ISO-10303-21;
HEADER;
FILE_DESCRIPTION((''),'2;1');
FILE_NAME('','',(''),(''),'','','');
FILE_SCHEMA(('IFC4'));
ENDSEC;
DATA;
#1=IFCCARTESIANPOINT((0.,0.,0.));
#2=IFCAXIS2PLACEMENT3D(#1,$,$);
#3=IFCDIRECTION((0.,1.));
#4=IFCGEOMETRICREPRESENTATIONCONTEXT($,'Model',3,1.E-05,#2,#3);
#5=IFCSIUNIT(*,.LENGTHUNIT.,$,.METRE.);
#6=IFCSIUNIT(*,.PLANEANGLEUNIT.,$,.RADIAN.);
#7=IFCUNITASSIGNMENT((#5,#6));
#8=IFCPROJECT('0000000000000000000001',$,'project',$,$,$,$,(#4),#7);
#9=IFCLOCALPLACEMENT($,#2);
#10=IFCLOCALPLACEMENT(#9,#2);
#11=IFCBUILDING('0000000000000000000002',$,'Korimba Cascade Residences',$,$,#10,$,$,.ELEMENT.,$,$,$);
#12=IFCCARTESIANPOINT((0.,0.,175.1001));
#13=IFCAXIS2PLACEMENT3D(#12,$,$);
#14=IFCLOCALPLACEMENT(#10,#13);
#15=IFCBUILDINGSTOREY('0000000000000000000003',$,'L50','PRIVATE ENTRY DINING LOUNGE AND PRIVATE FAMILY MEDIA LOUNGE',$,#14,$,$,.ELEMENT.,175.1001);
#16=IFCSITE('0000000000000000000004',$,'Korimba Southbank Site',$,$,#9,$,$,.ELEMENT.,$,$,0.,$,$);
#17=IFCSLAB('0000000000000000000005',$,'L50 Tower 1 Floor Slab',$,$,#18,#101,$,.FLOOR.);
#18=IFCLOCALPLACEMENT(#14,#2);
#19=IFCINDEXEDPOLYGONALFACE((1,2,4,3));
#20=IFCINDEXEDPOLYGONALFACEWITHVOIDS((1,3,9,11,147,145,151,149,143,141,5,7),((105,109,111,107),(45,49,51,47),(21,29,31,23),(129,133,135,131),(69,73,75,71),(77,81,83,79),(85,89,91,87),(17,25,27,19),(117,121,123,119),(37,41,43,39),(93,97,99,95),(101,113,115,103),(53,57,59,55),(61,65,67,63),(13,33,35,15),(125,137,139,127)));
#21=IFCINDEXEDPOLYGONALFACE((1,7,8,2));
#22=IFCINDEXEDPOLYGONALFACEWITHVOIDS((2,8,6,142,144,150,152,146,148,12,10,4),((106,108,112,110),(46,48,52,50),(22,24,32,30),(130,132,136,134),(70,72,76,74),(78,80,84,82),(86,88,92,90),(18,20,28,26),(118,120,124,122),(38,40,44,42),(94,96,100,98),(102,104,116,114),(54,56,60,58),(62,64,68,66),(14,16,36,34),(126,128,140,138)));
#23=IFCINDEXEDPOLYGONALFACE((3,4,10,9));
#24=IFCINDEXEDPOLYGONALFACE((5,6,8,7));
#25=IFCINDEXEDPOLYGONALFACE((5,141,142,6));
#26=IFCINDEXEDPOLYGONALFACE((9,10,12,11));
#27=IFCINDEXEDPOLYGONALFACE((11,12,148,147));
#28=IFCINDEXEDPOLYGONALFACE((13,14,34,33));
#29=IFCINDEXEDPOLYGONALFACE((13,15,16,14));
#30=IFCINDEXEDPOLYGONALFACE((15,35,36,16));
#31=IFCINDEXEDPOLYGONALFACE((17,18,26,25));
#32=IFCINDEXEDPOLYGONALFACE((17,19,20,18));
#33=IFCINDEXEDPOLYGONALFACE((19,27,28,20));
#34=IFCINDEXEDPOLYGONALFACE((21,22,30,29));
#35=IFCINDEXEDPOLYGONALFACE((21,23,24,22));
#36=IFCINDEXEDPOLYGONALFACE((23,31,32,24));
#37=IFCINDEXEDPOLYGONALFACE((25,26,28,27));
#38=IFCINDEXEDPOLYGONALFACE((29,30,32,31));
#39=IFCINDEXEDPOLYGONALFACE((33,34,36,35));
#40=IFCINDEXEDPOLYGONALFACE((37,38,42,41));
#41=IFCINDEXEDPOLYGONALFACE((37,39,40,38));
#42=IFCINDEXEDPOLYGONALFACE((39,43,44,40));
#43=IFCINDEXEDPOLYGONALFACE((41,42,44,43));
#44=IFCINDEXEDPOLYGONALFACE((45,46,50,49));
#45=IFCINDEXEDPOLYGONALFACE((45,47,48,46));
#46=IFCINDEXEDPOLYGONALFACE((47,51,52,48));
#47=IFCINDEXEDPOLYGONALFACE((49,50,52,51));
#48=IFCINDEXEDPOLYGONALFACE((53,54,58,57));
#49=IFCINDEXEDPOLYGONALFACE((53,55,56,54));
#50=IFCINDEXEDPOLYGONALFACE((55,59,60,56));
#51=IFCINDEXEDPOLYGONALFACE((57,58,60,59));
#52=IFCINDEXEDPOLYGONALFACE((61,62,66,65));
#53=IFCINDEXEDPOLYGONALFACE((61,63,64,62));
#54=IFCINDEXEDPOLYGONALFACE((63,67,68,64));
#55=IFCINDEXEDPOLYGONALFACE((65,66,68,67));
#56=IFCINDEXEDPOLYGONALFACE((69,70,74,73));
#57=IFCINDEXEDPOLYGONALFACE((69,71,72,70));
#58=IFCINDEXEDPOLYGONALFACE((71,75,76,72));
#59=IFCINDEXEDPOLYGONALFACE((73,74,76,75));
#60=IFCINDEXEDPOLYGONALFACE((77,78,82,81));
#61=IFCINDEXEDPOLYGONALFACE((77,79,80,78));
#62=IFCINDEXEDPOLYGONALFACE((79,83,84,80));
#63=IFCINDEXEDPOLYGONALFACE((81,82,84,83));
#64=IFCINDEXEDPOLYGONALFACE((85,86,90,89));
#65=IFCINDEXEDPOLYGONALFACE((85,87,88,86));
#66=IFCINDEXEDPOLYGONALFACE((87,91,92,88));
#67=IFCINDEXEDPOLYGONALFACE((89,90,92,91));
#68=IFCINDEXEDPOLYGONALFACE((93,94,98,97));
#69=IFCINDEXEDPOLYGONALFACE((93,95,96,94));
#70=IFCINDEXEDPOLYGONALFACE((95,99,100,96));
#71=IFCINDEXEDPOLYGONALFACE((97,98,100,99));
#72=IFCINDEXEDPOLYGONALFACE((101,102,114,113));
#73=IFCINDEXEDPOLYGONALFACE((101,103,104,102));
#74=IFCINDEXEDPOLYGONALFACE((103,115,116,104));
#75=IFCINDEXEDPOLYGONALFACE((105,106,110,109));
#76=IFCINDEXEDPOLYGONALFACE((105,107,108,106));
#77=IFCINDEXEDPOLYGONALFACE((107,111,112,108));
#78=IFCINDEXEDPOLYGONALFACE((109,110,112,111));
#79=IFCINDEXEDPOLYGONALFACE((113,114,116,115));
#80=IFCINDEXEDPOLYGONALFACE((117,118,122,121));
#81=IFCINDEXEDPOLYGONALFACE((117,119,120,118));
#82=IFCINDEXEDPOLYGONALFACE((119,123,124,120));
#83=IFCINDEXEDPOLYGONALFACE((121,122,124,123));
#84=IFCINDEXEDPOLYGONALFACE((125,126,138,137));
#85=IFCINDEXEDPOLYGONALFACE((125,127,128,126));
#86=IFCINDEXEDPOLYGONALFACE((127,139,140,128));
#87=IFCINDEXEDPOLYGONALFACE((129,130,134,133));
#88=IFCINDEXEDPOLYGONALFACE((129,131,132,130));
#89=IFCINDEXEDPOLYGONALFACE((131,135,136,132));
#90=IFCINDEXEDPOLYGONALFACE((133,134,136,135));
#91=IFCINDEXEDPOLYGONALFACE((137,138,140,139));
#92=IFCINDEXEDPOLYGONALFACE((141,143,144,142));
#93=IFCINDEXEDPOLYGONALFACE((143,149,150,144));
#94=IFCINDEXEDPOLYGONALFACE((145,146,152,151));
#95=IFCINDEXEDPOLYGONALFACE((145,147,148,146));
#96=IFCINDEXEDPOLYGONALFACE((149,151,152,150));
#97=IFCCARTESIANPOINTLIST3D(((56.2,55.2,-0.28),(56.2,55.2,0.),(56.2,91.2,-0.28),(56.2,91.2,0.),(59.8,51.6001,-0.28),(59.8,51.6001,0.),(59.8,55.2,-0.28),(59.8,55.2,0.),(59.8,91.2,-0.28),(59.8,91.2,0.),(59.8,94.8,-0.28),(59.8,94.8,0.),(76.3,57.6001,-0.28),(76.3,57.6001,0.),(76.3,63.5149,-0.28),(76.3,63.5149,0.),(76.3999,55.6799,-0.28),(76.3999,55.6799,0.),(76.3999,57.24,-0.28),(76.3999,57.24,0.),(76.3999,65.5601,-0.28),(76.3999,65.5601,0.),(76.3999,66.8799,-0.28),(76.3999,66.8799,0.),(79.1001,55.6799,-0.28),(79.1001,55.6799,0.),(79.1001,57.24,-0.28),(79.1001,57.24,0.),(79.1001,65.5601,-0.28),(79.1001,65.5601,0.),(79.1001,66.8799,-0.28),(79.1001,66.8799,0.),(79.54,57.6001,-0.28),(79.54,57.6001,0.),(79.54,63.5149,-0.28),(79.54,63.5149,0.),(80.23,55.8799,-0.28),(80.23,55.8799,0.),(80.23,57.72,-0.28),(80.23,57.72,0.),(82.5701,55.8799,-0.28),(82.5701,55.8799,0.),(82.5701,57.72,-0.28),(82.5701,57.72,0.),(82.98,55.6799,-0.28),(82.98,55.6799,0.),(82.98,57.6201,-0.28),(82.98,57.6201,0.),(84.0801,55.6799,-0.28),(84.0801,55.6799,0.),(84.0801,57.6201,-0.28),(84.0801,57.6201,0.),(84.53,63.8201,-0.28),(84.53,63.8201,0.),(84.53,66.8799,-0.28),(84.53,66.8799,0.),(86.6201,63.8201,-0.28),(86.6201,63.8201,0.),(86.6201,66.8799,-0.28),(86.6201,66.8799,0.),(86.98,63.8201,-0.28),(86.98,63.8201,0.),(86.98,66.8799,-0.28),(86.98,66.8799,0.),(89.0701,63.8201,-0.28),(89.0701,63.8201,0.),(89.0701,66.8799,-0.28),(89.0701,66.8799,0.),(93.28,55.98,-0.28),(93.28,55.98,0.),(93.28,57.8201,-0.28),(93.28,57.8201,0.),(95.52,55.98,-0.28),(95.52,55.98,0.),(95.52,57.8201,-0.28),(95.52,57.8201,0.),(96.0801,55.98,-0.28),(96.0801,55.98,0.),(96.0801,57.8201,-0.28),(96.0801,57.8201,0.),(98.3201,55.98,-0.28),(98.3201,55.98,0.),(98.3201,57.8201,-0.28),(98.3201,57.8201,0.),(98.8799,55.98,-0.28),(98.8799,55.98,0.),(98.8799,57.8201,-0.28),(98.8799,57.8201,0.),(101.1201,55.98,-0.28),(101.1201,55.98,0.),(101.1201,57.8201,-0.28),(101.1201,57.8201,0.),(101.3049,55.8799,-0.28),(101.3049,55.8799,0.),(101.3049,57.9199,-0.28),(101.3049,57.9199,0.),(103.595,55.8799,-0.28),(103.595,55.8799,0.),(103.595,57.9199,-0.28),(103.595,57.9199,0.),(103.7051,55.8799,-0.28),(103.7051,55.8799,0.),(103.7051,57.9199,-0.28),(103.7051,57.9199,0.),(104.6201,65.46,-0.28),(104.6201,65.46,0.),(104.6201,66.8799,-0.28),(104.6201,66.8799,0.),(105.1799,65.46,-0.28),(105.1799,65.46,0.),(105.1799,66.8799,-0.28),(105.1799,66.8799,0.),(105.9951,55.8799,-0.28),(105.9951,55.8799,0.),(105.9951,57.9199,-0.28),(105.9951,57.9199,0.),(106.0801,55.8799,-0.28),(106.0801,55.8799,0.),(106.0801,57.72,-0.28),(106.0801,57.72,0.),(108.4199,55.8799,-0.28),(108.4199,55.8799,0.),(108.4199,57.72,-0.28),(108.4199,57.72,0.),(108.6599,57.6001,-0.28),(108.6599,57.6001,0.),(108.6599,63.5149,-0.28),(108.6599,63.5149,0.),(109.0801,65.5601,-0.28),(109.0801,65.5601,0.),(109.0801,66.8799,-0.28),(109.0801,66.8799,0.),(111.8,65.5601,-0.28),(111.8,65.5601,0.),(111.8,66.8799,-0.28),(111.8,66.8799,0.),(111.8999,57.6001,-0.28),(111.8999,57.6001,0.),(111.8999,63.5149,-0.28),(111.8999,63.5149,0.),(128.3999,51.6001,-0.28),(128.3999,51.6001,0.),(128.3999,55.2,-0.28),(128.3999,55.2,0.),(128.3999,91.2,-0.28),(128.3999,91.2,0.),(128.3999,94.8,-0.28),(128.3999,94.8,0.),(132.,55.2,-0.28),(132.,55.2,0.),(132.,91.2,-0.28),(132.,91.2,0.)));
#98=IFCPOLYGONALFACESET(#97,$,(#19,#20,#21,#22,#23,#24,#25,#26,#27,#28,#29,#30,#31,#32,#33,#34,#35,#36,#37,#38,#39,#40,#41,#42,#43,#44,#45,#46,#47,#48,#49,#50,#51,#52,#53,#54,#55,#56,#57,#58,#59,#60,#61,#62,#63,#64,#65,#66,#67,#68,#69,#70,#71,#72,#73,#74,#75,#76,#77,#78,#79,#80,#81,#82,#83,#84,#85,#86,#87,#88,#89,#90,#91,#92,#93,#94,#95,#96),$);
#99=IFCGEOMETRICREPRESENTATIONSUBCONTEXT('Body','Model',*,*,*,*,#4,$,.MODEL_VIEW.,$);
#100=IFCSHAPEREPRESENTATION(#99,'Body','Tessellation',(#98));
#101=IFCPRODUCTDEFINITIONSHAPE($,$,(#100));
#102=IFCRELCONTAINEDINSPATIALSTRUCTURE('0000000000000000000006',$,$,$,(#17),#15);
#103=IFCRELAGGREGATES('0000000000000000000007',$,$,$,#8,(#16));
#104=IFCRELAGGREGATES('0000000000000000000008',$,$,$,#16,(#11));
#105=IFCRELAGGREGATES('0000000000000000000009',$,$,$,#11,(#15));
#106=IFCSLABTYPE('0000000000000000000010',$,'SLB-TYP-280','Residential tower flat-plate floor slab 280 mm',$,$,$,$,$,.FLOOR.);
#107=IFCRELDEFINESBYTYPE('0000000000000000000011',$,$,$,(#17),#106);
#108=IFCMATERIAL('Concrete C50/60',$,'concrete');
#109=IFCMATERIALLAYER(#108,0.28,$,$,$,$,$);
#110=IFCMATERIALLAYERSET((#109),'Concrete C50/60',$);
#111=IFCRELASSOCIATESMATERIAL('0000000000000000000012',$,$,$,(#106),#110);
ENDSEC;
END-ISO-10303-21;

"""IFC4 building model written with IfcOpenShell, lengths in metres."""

from ifc_helpers import new_model, si_unit, direction, frame, origin, place, context, subcontext, project, spatial, polyline, outline, extrude, material, layer, layer_set, type_object, element, save


model = new_model("IFC4")

# Units and contexts
model_context = context("Model", 3, precision=1e-05, world=origin(), true_north=direction((0.0, 1.0)))
body_context = subcontext(model_context, "Body", "Model", "MODEL_VIEW")
ifc_project = project(units=[si_unit("LENGTHUNIT", "METRE"), si_unit("PLANEANGLEUNIT", "RADIAN")], contexts=[model_context])

# Site, building, storey
site_placement = place(None, origin())
site = spatial("IfcSite", under=ifc_project, at=site_placement, Name="Korimba Southbank Site", CompositionType="ELEMENT", RefElevation=0.0)
building_placement = place(site_placement, origin())
building = spatial("IfcBuilding", under=site, at=building_placement, Name="Korimba Cascade Residences", CompositionType="ELEMENT")
storey_placement = place(building_placement, frame((0.0, 0.0, 175.1001)))
storey = spatial("IfcBuildingStorey", under=building, at=storey_placement, Name="L50", Description="PRIVATE ENTRY DINING LOUNGE AND PRIVATE FAMILY MEDIA LOUNGE", CompositionType="ELEMENT", Elevation=175.1001)

# Shared definitions
ifc_material_1 = material(Name="Concrete C50/60", Category="concrete")

# Slab
ifc_layer_1 = layer(ifc_material_1, 0.28)
ifc_layer_set_1 = layer_set([ifc_layer_1], Name="Concrete C50/60")
slab_type_1 = type_object("IfcSlabType", Name="SLB-TYP-280", Description="Residential tower flat-plate floor slab 280 mm", PredefinedType="FLOOR", material=ifc_layer_set_1)
slab_1_placement = place(storey_placement, frame((0.0, 0.0, -0.28)))
element("IfcSlab", 1, at=slab_1_placement, inside=storey, type_object=slab_type_1, Name="L50 Tower 1 Floor Slab", PredefinedType="FLOOR", context=body_context, shape_type="SweptSolid", body=[
    extrude(outline(polyline([(59.8, 51.6001), (128.3999, 51.6001), (128.3999, 55.2), (132.0, 55.2), (132.0, 91.2), (128.3999, 91.2), (128.3999, 94.8), (59.8, 94.8), (59.8, 91.2), (56.2, 91.2), (56.2, 55.2), (59.8, 55.2), (59.8, 51.6001)]), holes=[polyline([(76.3, 63.5149), (76.3, 57.6001), (79.54, 57.6001), (79.54, 63.5149), (76.3, 63.5149)]), polyline([(108.6599, 63.5149), (108.6599, 57.6001), (111.8999, 57.6001), (111.8999, 63.5149), (108.6599, 63.5149)]), polyline([(80.23, 55.8799), (82.5701, 55.8799), (82.5701, 57.72), (80.23, 57.72), (80.23, 55.8799)]), polyline([(106.0801, 55.8799), (108.4199, 55.8799), (108.4199, 57.72), (106.0801, 57.72), (106.0801, 55.8799)]), polyline([(93.28, 55.98), (95.52, 55.98), (95.52, 57.8201), (93.28, 57.8201), (93.28, 55.98)]), polyline([(96.0801, 55.98), (98.3201, 55.98), (98.3201, 57.8201), (96.0801, 57.8201), (96.0801, 55.98)]), polyline([(98.8799, 55.98), (101.1201, 55.98), (101.1201, 57.8201), (98.8799, 57.8201), (98.8799, 55.98)]), polyline([(101.3049, 55.8799), (103.595, 55.8799), (103.595, 57.9199), (101.3049, 57.9199), (101.3049, 55.8799)]), polyline([(103.7051, 55.8799), (105.9951, 55.8799), (105.9951, 57.9199), (103.7051, 57.9199), (103.7051, 55.8799)]), polyline([(82.98, 55.6799), (84.0801, 55.6799), (84.0801, 57.6201), (82.98, 57.6201), (82.98, 55.6799)]), polyline([(76.3999, 65.5601), (79.1001, 65.5601), (79.1001, 66.8799), (76.3999, 66.8799), (76.3999, 65.5601)]), polyline([(76.3999, 55.6799), (79.1001, 55.6799), (79.1001, 57.24), (76.3999, 57.24), (76.3999, 55.6799)]), polyline([(84.53, 63.8201), (86.6201, 63.8201), (86.6201, 66.8799), (84.53, 66.8799), (84.53, 63.8201)]), polyline([(86.98, 63.8201), (89.0701, 63.8201), (89.0701, 66.8799), (86.98, 66.8799), (86.98, 63.8201)]), polyline([(104.6201, 65.46), (105.1799, 65.46), (105.1799, 66.8799), (104.6201, 66.8799), (104.6201, 65.46)]), polyline([(109.0801, 65.5601), (111.8, 65.5601), (111.8, 66.8799), (109.0801, 66.8799), (109.0801, 65.5601)])]), origin(), (0.0, 0.0, 1.0), 0.28),
])

save(model, "model.ifc")
